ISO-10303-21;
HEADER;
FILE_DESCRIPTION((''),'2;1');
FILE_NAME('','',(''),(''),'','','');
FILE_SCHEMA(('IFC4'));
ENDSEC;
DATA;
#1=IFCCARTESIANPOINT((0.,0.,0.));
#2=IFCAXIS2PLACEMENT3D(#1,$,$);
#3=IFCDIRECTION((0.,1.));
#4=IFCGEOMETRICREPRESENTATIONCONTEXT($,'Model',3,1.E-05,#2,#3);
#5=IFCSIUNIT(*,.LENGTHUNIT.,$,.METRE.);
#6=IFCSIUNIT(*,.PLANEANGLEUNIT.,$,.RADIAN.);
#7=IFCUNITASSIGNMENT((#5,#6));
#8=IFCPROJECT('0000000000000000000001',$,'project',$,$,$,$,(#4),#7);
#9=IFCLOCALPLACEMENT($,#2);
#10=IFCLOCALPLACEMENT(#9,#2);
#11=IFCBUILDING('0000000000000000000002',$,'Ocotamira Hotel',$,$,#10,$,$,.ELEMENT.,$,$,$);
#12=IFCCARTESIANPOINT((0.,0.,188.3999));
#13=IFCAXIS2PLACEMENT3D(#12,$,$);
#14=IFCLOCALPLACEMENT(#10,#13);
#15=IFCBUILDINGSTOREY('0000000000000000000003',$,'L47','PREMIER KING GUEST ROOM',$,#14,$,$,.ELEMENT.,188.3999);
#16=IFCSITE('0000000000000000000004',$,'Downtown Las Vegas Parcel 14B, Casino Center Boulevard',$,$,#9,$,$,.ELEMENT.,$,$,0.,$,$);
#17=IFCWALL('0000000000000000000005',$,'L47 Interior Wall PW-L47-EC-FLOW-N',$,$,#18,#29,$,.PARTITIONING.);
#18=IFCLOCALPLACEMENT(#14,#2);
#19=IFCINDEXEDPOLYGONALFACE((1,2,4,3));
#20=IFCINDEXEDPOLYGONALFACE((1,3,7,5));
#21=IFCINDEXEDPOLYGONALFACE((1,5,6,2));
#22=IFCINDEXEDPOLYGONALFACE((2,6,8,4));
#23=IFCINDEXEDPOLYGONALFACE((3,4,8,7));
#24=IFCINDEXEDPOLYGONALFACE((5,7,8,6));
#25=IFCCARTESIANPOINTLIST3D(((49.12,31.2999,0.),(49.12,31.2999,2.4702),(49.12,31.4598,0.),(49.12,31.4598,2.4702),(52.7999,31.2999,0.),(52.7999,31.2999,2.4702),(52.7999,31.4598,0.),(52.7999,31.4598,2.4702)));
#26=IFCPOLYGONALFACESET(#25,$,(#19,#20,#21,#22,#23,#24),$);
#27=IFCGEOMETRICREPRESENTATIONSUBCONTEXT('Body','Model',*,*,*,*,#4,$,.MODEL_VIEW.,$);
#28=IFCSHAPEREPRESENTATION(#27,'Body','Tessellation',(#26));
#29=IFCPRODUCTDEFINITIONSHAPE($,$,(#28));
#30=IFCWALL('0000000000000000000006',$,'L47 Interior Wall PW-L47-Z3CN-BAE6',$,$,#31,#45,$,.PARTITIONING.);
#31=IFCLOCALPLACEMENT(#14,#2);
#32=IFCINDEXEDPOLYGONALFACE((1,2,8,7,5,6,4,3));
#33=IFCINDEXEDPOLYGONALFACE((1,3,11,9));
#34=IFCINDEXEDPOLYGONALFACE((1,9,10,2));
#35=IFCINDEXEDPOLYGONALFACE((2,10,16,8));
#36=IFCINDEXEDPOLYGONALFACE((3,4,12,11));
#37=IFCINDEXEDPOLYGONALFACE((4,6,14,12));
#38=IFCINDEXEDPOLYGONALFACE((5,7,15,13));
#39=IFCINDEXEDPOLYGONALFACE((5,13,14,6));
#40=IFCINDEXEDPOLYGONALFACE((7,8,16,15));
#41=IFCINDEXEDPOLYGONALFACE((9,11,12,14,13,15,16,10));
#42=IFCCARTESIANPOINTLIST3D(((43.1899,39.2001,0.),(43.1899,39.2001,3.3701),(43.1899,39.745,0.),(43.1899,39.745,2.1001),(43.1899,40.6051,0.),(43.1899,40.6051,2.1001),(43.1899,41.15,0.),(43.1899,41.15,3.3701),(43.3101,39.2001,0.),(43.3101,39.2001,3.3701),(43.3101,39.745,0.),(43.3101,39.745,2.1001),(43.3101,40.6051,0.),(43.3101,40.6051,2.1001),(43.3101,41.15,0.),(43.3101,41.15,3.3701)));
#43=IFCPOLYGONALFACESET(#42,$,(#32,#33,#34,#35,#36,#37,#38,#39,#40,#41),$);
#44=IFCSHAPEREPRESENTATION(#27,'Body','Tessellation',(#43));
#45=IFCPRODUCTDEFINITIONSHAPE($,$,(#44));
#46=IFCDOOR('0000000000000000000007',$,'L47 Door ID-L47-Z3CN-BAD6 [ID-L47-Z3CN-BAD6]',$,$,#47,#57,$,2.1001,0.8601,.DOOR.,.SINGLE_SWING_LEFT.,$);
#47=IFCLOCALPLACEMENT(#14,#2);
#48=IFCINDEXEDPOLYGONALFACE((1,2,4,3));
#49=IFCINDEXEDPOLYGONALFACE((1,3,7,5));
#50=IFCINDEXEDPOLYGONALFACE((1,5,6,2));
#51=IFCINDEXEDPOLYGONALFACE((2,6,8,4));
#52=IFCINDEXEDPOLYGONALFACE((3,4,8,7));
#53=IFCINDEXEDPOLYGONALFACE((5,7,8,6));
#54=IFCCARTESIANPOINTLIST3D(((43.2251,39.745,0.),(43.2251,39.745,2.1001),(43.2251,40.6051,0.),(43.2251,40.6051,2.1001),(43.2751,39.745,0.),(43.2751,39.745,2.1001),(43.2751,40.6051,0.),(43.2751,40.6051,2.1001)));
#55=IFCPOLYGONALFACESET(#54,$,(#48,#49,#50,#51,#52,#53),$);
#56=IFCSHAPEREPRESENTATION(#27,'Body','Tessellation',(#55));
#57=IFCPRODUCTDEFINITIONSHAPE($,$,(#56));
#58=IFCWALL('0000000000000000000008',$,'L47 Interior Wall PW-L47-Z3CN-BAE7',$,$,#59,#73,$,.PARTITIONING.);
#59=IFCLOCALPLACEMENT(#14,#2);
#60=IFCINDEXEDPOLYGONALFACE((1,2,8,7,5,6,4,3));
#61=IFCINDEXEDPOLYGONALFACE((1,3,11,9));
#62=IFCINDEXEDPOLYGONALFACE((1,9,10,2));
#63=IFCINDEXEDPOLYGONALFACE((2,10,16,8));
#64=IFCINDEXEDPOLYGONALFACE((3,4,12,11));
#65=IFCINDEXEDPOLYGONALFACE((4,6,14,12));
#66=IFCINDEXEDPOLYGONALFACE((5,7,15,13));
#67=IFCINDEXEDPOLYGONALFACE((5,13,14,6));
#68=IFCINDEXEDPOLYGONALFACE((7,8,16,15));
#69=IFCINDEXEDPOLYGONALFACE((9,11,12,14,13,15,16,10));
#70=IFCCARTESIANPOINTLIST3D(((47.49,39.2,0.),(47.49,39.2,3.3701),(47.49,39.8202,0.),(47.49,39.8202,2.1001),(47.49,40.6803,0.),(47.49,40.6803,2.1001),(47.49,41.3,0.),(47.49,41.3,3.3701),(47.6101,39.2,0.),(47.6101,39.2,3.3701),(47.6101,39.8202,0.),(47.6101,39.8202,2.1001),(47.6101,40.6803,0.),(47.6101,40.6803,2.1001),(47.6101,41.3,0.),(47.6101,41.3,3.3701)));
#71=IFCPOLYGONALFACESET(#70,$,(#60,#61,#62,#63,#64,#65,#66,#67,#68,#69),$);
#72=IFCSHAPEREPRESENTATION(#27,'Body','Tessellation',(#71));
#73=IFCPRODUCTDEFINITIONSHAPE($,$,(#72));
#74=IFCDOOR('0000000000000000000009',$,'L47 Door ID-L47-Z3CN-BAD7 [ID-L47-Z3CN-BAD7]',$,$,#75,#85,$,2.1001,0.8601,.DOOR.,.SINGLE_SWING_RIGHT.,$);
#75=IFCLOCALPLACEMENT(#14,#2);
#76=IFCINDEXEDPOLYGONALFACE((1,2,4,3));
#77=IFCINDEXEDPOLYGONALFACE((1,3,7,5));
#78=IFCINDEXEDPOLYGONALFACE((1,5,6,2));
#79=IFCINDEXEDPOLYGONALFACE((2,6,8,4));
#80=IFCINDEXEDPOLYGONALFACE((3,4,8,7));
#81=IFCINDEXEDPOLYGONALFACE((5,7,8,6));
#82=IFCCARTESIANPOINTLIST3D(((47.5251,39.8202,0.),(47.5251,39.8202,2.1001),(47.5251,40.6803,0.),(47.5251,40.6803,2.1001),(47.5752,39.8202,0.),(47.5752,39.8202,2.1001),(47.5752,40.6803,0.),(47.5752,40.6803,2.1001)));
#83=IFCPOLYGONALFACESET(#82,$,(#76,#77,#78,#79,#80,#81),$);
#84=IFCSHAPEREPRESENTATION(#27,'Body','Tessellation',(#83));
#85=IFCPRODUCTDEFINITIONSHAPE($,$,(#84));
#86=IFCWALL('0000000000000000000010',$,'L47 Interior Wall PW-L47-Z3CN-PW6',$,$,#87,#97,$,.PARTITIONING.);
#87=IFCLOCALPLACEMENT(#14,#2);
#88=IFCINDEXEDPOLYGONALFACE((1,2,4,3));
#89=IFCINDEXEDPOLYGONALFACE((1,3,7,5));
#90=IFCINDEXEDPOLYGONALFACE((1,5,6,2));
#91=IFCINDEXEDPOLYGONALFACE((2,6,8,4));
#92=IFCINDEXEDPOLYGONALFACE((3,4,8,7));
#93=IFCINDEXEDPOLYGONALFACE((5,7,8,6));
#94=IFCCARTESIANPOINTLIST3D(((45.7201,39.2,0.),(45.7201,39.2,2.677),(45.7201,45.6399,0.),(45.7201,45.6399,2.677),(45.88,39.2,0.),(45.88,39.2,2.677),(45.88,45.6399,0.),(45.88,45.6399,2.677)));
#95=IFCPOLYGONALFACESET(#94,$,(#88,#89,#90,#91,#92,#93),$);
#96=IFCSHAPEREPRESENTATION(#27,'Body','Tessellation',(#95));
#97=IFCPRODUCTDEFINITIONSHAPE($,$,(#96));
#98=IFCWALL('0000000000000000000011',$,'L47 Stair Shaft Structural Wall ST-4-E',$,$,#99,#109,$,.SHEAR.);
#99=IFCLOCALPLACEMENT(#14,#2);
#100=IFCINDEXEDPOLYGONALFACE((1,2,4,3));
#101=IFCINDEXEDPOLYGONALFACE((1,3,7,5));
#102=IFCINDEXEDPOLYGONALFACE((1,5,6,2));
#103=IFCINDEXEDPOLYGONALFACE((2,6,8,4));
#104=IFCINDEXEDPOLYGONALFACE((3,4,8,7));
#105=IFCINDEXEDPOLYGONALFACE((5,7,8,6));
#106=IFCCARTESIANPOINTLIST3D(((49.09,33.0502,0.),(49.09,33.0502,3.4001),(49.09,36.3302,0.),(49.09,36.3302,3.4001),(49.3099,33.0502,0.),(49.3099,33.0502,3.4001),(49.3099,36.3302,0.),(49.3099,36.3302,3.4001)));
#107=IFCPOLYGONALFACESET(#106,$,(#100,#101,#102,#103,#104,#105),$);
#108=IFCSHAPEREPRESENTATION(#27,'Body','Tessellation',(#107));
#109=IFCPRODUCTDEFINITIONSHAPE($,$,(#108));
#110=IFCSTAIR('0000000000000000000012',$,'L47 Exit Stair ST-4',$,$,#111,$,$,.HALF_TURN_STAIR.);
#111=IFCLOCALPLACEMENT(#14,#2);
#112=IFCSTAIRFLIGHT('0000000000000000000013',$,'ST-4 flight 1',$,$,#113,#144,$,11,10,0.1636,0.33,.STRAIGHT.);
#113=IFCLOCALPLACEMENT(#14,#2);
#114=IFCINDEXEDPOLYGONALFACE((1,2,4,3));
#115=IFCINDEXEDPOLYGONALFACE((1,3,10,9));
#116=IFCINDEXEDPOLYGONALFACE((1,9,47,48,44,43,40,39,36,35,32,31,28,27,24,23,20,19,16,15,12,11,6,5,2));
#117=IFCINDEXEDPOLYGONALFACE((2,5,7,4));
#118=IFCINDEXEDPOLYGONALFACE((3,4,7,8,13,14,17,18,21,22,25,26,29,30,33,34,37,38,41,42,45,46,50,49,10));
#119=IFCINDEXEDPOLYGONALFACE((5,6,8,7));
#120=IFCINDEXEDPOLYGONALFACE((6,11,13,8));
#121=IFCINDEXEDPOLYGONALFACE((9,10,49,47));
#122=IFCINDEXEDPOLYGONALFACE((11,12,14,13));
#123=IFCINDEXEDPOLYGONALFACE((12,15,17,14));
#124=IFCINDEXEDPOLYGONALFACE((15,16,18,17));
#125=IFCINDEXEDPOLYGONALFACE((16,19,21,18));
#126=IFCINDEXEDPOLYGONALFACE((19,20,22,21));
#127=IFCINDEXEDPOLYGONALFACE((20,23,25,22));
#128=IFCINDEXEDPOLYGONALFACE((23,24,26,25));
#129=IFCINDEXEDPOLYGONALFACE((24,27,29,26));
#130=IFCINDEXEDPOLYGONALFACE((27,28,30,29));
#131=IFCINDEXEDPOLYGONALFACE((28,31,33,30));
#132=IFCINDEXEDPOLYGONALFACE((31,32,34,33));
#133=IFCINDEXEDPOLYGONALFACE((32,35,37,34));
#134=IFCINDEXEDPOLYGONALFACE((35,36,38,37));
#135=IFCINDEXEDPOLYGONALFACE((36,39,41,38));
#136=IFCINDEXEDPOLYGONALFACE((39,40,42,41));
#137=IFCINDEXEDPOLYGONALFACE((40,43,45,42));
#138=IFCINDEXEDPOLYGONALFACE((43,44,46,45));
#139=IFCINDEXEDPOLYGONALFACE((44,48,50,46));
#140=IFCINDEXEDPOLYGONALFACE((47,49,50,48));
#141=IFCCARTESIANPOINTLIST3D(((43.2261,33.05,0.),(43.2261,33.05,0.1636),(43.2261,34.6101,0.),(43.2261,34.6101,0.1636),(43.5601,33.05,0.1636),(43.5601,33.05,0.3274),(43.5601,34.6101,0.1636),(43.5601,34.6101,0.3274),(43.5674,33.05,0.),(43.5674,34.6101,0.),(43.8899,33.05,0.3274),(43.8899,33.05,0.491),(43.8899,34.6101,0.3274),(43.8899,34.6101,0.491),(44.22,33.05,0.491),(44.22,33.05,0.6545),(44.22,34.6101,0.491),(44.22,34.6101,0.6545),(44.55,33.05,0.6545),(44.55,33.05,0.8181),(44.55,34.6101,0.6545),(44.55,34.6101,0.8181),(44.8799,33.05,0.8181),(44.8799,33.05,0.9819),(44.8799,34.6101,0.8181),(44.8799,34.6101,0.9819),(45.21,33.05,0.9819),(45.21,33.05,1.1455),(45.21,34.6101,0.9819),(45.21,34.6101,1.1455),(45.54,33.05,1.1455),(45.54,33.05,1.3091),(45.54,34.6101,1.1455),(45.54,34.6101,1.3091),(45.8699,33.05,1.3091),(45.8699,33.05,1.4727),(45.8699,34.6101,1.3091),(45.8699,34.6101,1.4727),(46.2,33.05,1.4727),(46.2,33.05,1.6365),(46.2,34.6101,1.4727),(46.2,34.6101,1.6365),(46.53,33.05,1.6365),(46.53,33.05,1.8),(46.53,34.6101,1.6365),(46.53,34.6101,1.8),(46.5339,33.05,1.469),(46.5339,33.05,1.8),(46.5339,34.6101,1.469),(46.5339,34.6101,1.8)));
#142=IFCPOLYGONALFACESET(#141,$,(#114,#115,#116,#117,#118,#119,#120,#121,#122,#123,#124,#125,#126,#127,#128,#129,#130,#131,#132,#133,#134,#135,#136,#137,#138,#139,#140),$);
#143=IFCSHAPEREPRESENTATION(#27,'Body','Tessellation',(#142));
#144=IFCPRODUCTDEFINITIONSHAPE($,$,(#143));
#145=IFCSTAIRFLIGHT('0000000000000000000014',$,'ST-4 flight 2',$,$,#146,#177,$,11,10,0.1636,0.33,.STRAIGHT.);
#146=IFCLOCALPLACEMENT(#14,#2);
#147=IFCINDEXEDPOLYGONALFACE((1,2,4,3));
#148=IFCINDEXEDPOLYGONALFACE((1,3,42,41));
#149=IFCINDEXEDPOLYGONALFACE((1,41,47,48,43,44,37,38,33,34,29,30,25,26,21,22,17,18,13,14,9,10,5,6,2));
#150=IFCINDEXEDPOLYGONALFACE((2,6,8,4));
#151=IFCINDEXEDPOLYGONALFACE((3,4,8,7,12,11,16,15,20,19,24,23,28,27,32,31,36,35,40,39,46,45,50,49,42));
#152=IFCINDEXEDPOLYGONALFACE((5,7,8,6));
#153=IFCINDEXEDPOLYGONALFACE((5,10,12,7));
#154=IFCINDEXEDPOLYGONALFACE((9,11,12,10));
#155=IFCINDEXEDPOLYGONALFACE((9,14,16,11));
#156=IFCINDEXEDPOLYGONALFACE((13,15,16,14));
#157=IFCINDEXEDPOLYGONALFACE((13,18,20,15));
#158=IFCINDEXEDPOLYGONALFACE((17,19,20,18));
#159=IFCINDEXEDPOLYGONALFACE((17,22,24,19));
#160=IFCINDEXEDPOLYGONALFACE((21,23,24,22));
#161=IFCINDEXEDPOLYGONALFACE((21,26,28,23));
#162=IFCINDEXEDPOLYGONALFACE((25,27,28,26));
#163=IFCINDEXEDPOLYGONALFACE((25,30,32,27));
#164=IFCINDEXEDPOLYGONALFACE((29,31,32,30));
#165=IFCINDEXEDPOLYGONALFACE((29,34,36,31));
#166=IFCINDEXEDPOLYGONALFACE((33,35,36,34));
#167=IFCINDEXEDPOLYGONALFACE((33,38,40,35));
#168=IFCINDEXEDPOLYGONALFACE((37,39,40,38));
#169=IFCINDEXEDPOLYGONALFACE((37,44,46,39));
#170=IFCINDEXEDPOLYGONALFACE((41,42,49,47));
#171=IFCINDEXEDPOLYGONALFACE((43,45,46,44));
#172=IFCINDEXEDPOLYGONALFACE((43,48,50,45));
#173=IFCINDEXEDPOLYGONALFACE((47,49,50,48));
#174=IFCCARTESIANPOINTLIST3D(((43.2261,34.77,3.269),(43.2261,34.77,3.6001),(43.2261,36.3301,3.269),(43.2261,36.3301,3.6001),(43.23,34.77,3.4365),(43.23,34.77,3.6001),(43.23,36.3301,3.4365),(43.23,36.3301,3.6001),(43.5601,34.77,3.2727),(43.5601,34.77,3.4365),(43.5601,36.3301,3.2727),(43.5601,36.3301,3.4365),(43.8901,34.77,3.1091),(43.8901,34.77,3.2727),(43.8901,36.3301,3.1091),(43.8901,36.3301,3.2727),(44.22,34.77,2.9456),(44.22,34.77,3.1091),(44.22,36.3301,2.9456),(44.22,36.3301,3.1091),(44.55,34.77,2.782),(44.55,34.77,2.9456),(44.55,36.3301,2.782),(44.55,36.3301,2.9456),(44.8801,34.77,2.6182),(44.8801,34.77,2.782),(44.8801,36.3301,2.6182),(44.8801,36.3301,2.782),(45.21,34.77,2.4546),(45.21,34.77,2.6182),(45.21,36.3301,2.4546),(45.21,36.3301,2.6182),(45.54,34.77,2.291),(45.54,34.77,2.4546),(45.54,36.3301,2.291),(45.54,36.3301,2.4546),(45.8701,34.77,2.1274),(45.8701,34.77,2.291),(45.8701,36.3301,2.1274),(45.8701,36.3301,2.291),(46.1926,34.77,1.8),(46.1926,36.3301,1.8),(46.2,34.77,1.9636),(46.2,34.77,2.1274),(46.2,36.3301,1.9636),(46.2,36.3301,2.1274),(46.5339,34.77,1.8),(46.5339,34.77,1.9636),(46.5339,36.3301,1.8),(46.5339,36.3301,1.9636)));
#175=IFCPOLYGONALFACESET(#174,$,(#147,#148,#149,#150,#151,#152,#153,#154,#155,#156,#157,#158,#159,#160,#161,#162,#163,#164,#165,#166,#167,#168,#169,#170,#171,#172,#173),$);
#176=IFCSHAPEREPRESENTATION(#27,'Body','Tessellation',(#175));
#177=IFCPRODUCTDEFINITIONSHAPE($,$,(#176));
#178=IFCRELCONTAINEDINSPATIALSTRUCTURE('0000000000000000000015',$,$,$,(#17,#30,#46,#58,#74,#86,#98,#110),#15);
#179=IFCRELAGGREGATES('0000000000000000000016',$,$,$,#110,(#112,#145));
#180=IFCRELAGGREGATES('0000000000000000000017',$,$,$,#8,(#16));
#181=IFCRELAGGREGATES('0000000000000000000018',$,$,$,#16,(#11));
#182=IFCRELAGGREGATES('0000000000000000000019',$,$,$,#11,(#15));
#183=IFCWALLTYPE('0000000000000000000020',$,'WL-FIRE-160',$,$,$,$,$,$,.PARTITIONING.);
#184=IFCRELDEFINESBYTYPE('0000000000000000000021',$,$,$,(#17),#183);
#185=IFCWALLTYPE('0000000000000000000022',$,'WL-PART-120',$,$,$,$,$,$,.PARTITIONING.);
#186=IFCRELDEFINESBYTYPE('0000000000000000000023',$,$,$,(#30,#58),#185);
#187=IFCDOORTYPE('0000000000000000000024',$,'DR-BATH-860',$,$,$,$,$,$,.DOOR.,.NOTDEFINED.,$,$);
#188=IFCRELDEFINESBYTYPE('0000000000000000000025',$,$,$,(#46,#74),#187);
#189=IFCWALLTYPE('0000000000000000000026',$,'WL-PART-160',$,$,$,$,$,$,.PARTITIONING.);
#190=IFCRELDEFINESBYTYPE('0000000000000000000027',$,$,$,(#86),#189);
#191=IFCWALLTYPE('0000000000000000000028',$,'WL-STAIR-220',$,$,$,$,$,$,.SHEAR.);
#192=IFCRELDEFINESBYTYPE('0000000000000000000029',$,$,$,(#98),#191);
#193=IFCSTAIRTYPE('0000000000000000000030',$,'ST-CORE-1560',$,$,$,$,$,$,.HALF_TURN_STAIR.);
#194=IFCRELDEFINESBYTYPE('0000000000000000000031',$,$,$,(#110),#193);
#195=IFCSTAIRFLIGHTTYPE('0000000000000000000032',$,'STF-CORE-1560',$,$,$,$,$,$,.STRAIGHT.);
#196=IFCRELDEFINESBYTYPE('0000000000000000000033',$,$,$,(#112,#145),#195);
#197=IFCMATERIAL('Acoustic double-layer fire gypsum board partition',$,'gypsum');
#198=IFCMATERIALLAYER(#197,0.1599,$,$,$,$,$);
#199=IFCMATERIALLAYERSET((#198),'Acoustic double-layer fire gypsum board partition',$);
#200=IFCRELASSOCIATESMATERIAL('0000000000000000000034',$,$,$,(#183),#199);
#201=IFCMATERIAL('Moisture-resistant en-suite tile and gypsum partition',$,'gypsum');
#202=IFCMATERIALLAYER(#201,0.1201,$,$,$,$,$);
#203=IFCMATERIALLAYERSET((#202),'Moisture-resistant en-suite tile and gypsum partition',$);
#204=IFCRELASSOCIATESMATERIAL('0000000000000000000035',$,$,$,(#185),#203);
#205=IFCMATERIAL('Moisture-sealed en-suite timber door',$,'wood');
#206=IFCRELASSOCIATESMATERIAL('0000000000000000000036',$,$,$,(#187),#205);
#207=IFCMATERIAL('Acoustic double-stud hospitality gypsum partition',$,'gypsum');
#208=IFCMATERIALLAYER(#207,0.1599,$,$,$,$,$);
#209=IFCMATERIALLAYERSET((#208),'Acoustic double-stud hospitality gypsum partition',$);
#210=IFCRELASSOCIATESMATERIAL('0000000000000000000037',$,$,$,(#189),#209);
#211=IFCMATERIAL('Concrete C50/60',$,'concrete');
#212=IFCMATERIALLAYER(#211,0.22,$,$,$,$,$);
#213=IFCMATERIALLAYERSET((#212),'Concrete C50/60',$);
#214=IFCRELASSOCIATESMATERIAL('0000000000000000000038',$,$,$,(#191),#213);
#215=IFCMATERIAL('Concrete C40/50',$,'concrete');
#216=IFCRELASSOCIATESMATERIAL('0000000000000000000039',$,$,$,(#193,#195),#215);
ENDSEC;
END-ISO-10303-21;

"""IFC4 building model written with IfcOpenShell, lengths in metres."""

from ifc_helpers import new_model, si_unit, direction, frame, frame_2d, origin, place, context, subcontext, project, spatial, polyline, rectangle, outline, extrude, source, transform, mapped, material, layer, layer_set, type_object, element, fill, aggregate, save


model = new_model("IFC4")

# Units and contexts
model_context = context("Model", 3, precision=1e-05, world=origin(), true_north=direction((0.0, 1.0)))
body_context = subcontext(model_context, "Body", "Model", "MODEL_VIEW")
ifc_project = project(units=[si_unit("LENGTHUNIT", "METRE"), si_unit("PLANEANGLEUNIT", "RADIAN")], contexts=[model_context])

# Site, building, storey
site_placement = place(None, origin())
site = spatial("IfcSite", under=ifc_project, at=site_placement, Name="Downtown Las Vegas Parcel 14B, Casino Center Boulevard", CompositionType="ELEMENT", RefElevation=0.0)
building_placement = place(site_placement, origin())
building = spatial("IfcBuilding", under=site, at=building_placement, Name="Ocotamira Hotel", CompositionType="ELEMENT")
storey_placement = place(building_placement, frame((0.0, 0.0, 188.3999)))
storey = spatial("IfcBuildingStorey", under=building, at=storey_placement, Name="L47", Description="PREMIER KING GUEST ROOM", CompositionType="ELEMENT", Elevation=188.3999)

# Wall
ifc_material_1 = material(Name="Acoustic double-layer fire gypsum board partition", Category="gypsum")
ifc_layer_1 = layer(ifc_material_1, 0.1599)
ifc_layer_set_1 = layer_set([ifc_layer_1], Name="Acoustic double-layer fire gypsum board partition")
wall_type_1 = type_object("IfcWallType", Name="WL-FIRE-160", PredefinedType="PARTITIONING", material=ifc_layer_set_1)
wall_1_placement = place(storey_placement, frame((49.1201, 31.3799, 0.0), z_axis=(0.0, 0.0, 1.0), x_axis=(1.0, 0.0, 0.0)))
element("IfcWall", 1, at=wall_1_placement, inside=storey, type_object=wall_type_1, Name="L47 Interior Wall PW-L47-EC-FLOW-N", PredefinedType="PARTITIONING", context=body_context, shape_type="SweptSolid", body=[
    extrude(rectangle(XDim=3.6799, YDim=0.1599, at=frame_2d((1.8398, 0.0))), origin(), (0.0, 0.0, 1.0), 2.4702),
])

# Walls, openings, doors
ifc_material_2 = material(Name="Moisture-resistant en-suite tile and gypsum partition", Category="gypsum")
ifc_layer_2 = layer(ifc_material_2, 0.1201)
ifc_layer_set_2 = layer_set([ifc_layer_2], Name="Moisture-resistant en-suite tile and gypsum partition")
wall_type_2 = type_object("IfcWallType", Name="WL-PART-120", PredefinedType="PARTITIONING", material=ifc_layer_set_2)
wall_2_placement = place(storey_placement, frame((43.25, 39.2, 0.0), z_axis=(0.0, 0.0, 1.0), x_axis=(0.0, 1.0, 0.0)))
wall_2 = element("IfcWall", 2, at=wall_2_placement, inside=storey, type_object=wall_type_2, Name="L47 Interior Wall PW-L47-Z3CN-BAE6", PredefinedType="PARTITIONING", context=body_context, shape_type="SweptSolid", body=[
    extrude(rectangle(XDim=1.95, YDim=0.1201, at=frame_2d((0.9751, 0.0))), origin(), (0.0, 0.0, 1.0), 3.3701),
])
opening_1_placement = place(wall_2_placement, frame((0.5449, 0.0, 0.0)))
opening_1 = element("IfcOpeningElement", 3, at=opening_1_placement, cuts=wall_2, PredefinedType="OPENING", context=body_context, shape_type="SweptSolid", body=[
    extrude(rectangle(XDim=0.8601, YDim=2.1001, at=frame_2d((0.4302, 1.05))), frame((0.0, 0.0701, 0.0), z_axis=(0.0, -1.0, 0.0), x_axis=(1.0, 0.0, 0.0)), (0.0, 0.0, 1.0), 0.1401),
])
ifc_material_3 = material(Name="Moisture-sealed en-suite timber door", Category="wood")
door_type_1 = type_object("IfcDoorType", Name="DR-BATH-860", OperationType="NOTDEFINED", PredefinedType="DOOR", material=ifc_material_3)
shared_shape_1 = source(origin(), body_context, "Body", "SweptSolid", [
    extrude(rectangle(XDim=0.8601, YDim=2.1001, at=frame_2d((0.4302, 1.05))), frame((0.0, 0.0249, 0.0), z_axis=(0.0, -1.0, 0.0), x_axis=(1.0, 0.0, 0.0)), (0.0, 0.0, 1.0), 0.05),
])
door_1_placement = place(opening_1_placement, origin())
door_1 = element("IfcDoor", 4, at=door_1_placement, inside=storey, type_object=door_type_1, Name="L47 Door ID-L47-Z3CN-BAD6 [ID-L47-Z3CN-BAD6]", OperationType="SINGLE_SWING_LEFT", OverallHeight=2.1001, OverallWidth=0.8601, PredefinedType="DOOR", context=body_context, shape_type="MappedRepresentation", body=[
    mapped(shared_shape_1, transform((0.0, 0.0, 0.0), scale=1.0)),
])
fill(opening_1, door_1)
wall_3_placement = place(storey_placement, frame((47.55, 39.2, 0.0), z_axis=(0.0, 0.0, 1.0), x_axis=(0.0, 1.0, 0.0)))
wall_3 = element("IfcWall", 5, at=wall_3_placement, inside=storey, type_object=wall_type_2, Name="L47 Interior Wall PW-L47-Z3CN-BAE7", PredefinedType="PARTITIONING", context=body_context, shape_type="SweptSolid", body=[
    extrude(rectangle(XDim=2.1001, YDim=0.1201, at=frame_2d((1.05, 0.0))), origin(), (0.0, 0.0, 1.0), 3.3701),
])
opening_2_placement = place(wall_3_placement, frame((0.6201, 0.0, 0.0)))
opening_2 = element("IfcOpeningElement", 6, at=opening_2_placement, cuts=wall_3, PredefinedType="OPENING", context=body_context, shape_type="SweptSolid", body=[
    extrude(rectangle(XDim=0.8601, YDim=2.1001, at=frame_2d((0.4302, 1.05))), frame((0.0, 0.0701, 0.0), z_axis=(0.0, -1.0, 0.0), x_axis=(1.0, 0.0, 0.0)), (0.0, 0.0, 1.0), 0.1401),
])
door_2_placement = place(opening_2_placement, origin())
door_2 = element("IfcDoor", 7, at=door_2_placement, inside=storey, type_object=door_type_1, Name="L47 Door ID-L47-Z3CN-BAD7 [ID-L47-Z3CN-BAD7]", OperationType="SINGLE_SWING_RIGHT", OverallHeight=2.1001, OverallWidth=0.8601, PredefinedType="DOOR", context=body_context, shape_type="MappedRepresentation", body=[
    mapped(shared_shape_1, transform((0.0, 0.0, 0.0), scale=1.0)),
])
fill(opening_2, door_2)

# Walls
ifc_material_4 = material(Name="Acoustic double-stud hospitality gypsum partition", Category="gypsum")
ifc_layer_3 = layer(ifc_material_4, 0.1599)
ifc_layer_set_3 = layer_set([ifc_layer_3], Name="Acoustic double-stud hospitality gypsum partition")
wall_type_3 = type_object("IfcWallType", Name="WL-PART-160", PredefinedType="PARTITIONING", material=ifc_layer_set_3)
wall_4_placement = place(storey_placement, frame((45.8, 39.2, 0.0), z_axis=(0.0, 0.0, 1.0), x_axis=(0.0, 1.0, 0.0)))
element("IfcWall", 8, at=wall_4_placement, inside=storey, type_object=wall_type_3, Name="L47 Interior Wall PW-L47-Z3CN-PW6", PredefinedType="PARTITIONING", context=body_context, shape_type="SweptSolid", body=[
    extrude(rectangle(XDim=6.4399, YDim=0.1599, at=frame_2d((3.22, 0.0))), origin(), (0.0, 0.0, 1.0), 2.677),
])
ifc_material_5 = material(Name="Concrete C50/60", Category="concrete")
ifc_layer_4 = layer(ifc_material_5, 0.22)
ifc_layer_set_4 = layer_set([ifc_layer_4], Name="Concrete C50/60")
wall_type_4 = type_object("IfcWallType", Name="WL-STAIR-220", PredefinedType="SHEAR", material=ifc_layer_set_4)
wall_5_placement = place(storey_placement, frame((49.2, 33.05, 0.0), z_axis=(0.0, 0.0, 1.0), x_axis=(0.0, 1.0, 0.0)))
element("IfcWall", 9, at=wall_5_placement, inside=storey, type_object=wall_type_4, Name="L47 Stair Shaft Structural Wall ST-4-E", PredefinedType="SHEAR", context=body_context, shape_type="SweptSolid", body=[
    extrude(rectangle(XDim=3.28, YDim=0.22, at=frame_2d((1.6401, 0.0))), origin(), (0.0, 0.0, 1.0), 3.4001),
])

# Stair, stair flights
ifc_material_6 = material(Name="Concrete C40/50", Category="concrete")
stair_type = type_object("IfcStairType", Name="ST-CORE-1560", PredefinedType="HALF_TURN_STAIR", material=ifc_material_6)
stair_placement = place(storey_placement, origin())
stair = element("IfcStair", 10, at=stair_placement, inside=storey, type_object=stair_type, Name="L47 Exit Stair ST-4", PredefinedType="HALF_TURN_STAIR")
stair_flight_type = type_object("IfcStairFlightType", Name="STF-CORE-1560", PredefinedType="STRAIGHT", material=ifc_material_6)
shared_shape_2 = source(origin(), body_context, "Body", "SweptSolid", [
    extrude(outline(polyline([(-0.0039, 0.0), (-0.0039, 0.1636), (0.3301, 0.1636), (0.3301, 0.3274), (0.6599, 0.3274), (0.6599, 0.491), (0.99, 0.491), (0.99, 0.6545), (1.3201, 0.6545), (1.3201, 0.8181), (1.6499, 0.8181), (1.6499, 0.9819), (1.98, 0.9819), (1.98, 1.1455), (2.3101, 1.1455), (2.3101, 1.3091), (2.6399, 1.3091), (2.6399, 1.4727), (2.97, 1.4727), (2.97, 1.6365), (3.3, 1.6365), (3.3, 1.8), (3.304, 1.8), (3.304, 1.469), (0.3374, 0.0), (-0.0039, 0.0)])), frame((0.0, 0.78, 0.0), z_axis=(0.0, -1.0, 0.0), x_axis=(1.0, 0.0, 0.0)), (0.0, 0.0, 1.0), 1.5601),
])
stair_flight_1_placement = place(storey_placement, frame((43.23, 33.8301, 0.0), z_axis=(0.0, 0.0, 1.0), x_axis=(1.0, 0.0, 0.0)))
stair_flight_1 = element("IfcStairFlight", 11, at=stair_flight_1_placement, type_object=stair_flight_type, Name="ST-4 flight 1", NumberOfRisers=11, NumberOfTreads=10, PredefinedType="STRAIGHT", RiserHeight=0.1636, TreadLength=0.33, context=body_context, shape_type="MappedRepresentation", body=[
    mapped(shared_shape_2, transform((0.0, 0.0, 0.0), scale=1.0)),
])
stair_flight_2_placement = place(storey_placement, frame((46.53, 35.55, 1.8), z_axis=(0.0, 0.0, 1.0), x_axis=(-1.0, 0.0, 0.0)))
stair_flight_2 = element("IfcStairFlight", 12, at=stair_flight_2_placement, type_object=stair_flight_type, Name="ST-4 flight 2", NumberOfRisers=11, NumberOfTreads=10, PredefinedType="STRAIGHT", RiserHeight=0.1636, TreadLength=0.33, context=body_context, shape_type="MappedRepresentation", body=[
    mapped(shared_shape_2, transform((0.0, 0.0, 0.0), scale=1.0)),
])
aggregate(stair, [stair_flight_1, stair_flight_2])

save(model, "model.ifc")
